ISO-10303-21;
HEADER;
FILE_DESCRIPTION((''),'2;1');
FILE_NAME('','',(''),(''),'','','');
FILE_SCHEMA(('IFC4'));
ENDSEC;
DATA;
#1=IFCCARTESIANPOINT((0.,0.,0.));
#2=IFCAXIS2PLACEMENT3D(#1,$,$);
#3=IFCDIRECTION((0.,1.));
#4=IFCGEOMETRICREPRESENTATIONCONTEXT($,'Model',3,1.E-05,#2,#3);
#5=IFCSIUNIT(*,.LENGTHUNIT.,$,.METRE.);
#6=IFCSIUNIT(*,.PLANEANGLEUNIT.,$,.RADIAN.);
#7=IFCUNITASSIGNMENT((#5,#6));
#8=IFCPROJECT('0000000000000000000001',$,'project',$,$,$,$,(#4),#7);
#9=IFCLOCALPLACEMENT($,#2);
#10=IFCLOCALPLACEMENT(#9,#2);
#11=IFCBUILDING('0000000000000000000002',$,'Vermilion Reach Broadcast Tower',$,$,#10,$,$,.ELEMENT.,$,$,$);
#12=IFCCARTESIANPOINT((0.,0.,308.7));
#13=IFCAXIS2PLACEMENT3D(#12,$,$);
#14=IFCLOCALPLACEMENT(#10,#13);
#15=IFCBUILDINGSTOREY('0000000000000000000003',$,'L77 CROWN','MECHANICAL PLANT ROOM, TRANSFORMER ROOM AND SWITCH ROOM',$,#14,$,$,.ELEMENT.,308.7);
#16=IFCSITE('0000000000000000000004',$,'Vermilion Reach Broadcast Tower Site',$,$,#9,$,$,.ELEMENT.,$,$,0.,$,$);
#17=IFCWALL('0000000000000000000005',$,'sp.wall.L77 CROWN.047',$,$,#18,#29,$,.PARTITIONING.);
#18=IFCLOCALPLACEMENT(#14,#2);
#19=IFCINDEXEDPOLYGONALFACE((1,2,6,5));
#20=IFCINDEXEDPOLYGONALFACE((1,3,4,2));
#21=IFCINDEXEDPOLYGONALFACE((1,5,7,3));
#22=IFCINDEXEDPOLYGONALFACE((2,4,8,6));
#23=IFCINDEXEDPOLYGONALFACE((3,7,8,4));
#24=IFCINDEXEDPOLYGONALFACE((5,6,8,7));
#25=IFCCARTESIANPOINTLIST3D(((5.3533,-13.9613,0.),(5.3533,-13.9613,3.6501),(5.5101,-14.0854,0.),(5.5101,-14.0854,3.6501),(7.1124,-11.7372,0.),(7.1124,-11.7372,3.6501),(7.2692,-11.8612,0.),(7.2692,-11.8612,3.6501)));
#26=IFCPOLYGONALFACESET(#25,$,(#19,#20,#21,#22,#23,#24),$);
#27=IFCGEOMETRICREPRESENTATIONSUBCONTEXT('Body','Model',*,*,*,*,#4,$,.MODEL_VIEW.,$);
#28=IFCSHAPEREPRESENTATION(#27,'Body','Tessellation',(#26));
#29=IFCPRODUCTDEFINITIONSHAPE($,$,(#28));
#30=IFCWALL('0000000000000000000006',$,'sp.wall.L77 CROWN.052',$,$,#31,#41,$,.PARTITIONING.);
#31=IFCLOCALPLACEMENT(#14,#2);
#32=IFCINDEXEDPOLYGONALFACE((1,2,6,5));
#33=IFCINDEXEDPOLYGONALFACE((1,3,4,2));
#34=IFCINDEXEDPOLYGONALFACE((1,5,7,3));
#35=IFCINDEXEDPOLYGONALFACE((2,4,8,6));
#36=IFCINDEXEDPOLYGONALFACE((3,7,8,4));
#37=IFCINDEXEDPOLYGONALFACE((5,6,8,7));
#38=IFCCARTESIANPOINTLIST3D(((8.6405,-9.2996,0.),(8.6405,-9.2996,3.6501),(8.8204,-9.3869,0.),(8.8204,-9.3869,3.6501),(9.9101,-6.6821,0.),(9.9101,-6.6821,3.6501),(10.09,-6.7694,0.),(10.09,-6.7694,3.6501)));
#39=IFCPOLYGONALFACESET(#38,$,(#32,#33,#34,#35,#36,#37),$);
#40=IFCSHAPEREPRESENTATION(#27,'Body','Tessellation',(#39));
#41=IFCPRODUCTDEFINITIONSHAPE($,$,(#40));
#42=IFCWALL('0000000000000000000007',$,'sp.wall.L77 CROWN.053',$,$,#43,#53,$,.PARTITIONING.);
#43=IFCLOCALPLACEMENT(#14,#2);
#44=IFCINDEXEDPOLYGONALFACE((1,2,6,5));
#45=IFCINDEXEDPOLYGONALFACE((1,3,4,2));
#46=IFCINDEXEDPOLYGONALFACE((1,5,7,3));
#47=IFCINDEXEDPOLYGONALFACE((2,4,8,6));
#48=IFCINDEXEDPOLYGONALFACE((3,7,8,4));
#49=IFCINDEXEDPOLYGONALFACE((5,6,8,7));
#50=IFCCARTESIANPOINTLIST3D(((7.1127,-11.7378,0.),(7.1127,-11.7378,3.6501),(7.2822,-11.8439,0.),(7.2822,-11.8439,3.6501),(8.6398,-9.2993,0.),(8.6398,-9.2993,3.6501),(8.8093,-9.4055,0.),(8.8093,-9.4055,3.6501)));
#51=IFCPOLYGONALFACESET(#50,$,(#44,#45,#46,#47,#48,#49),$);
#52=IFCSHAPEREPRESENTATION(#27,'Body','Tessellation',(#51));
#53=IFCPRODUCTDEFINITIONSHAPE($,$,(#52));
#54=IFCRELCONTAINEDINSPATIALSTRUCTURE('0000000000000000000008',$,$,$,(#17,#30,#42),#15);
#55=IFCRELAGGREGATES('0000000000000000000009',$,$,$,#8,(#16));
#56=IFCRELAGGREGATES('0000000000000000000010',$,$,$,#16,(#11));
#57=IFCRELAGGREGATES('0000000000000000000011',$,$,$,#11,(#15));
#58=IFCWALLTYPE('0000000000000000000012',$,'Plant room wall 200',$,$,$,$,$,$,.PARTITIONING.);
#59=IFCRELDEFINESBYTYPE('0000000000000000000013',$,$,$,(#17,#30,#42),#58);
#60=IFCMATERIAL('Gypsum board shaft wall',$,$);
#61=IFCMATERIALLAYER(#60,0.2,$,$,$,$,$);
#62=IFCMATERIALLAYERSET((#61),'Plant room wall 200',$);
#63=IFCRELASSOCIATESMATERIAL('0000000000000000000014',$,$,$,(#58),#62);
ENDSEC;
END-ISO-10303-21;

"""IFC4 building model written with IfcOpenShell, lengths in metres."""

from ifc_helpers import new_model, si_unit, direction, frame, frame_2d, origin, place, context, subcontext, project, spatial, rectangle, extrude, material, layer, layer_set, type_object, element, save


model = new_model("IFC4")

# Units and contexts
model_context = context("Model", 3, precision=1e-05, world=origin(), true_north=direction((0.0, 1.0)))
body_context = subcontext(model_context, "Body", "Model", "MODEL_VIEW")
ifc_project = project(units=[si_unit("LENGTHUNIT", "METRE"), si_unit("PLANEANGLEUNIT", "RADIAN")], contexts=[model_context])

# Site, building, storey
site_placement = place(None, origin())
site = spatial("IfcSite", under=ifc_project, at=site_placement, Name="Vermilion Reach Broadcast Tower Site", CompositionType="ELEMENT", RefElevation=0.0)
building_placement = place(site_placement, origin())
building = spatial("IfcBuilding", under=site, at=building_placement, Name="Vermilion Reach Broadcast Tower", CompositionType="ELEMENT")
storey_placement = place(building_placement, frame((0.0, 0.0, 308.7)))
storey = spatial("IfcBuildingStorey", under=building, at=storey_placement, Name="L77 CROWN", Description="MECHANICAL PLANT ROOM, TRANSFORMER ROOM AND SWITCH ROOM", CompositionType="ELEMENT", Elevation=308.7)

# Shared definitions
ifc_material_1 = material(Name="Gypsum board shaft wall")
ifc_layer_1 = layer(ifc_material_1, 0.2)
ifc_layer_set_1 = layer_set([ifc_layer_1], Name="Plant room wall 200")
wall_type_1 = type_object("IfcWallType", Name="Plant room wall 200", PredefinedType="PARTITIONING", material=ifc_layer_set_1)

# Walls
wall_1_placement = place(storey_placement, frame((5.4316, -14.0234, 0.0), z_axis=(0.0, 0.0, 1.0), x_axis=(0.620328, 0.784343, 0.0)))
element("IfcWall", 1, at=wall_1_placement, inside=storey, type_object=wall_type_1, Name="sp.wall.L77 CROWN.047", PredefinedType="PARTITIONING", context=body_context, shape_type="SweptSolid", body=[
    extrude(rectangle(XDim=2.8357, YDim=0.2, at=frame_2d((1.418, 0.0))), origin(), (0.0, 0.0, 1.0), 3.6501),
])
wall_2_placement = place(storey_placement, frame((8.7305, -9.3433, 0.0), z_axis=(0.0, 0.0, 1.0), x_axis=(0.436405, 0.89975, 0.0)))
element("IfcWall", 2, at=wall_2_placement, inside=storey, type_object=wall_type_1, Name="sp.wall.L77 CROWN.052", PredefinedType="PARTITIONING", context=body_context, shape_type="SweptSolid", body=[
    extrude(rectangle(XDim=2.9092, YDim=0.2, at=frame_2d((1.4546, 0.0))), origin(), (0.0, 0.0, 1.0), 3.6501),
])
wall_3_placement = place(storey_placement, frame((7.1975, -11.7908, 0.0), z_axis=(0.0, 0.0, 1.0), x_axis=(0.530761, 0.847521, 0.0)))
element("IfcWall", 3, at=wall_3_placement, inside=storey, type_object=wall_type_1, Name="sp.wall.L77 CROWN.053", PredefinedType="PARTITIONING", context=body_context, shape_type="SweptSolid", body=[
    extrude(rectangle(XDim=2.8772, YDim=0.2, at=frame_2d((1.4385, 0.0))), origin(), (0.0, 0.0, 1.0), 3.6501),
])

save(model, "model.ifc")
